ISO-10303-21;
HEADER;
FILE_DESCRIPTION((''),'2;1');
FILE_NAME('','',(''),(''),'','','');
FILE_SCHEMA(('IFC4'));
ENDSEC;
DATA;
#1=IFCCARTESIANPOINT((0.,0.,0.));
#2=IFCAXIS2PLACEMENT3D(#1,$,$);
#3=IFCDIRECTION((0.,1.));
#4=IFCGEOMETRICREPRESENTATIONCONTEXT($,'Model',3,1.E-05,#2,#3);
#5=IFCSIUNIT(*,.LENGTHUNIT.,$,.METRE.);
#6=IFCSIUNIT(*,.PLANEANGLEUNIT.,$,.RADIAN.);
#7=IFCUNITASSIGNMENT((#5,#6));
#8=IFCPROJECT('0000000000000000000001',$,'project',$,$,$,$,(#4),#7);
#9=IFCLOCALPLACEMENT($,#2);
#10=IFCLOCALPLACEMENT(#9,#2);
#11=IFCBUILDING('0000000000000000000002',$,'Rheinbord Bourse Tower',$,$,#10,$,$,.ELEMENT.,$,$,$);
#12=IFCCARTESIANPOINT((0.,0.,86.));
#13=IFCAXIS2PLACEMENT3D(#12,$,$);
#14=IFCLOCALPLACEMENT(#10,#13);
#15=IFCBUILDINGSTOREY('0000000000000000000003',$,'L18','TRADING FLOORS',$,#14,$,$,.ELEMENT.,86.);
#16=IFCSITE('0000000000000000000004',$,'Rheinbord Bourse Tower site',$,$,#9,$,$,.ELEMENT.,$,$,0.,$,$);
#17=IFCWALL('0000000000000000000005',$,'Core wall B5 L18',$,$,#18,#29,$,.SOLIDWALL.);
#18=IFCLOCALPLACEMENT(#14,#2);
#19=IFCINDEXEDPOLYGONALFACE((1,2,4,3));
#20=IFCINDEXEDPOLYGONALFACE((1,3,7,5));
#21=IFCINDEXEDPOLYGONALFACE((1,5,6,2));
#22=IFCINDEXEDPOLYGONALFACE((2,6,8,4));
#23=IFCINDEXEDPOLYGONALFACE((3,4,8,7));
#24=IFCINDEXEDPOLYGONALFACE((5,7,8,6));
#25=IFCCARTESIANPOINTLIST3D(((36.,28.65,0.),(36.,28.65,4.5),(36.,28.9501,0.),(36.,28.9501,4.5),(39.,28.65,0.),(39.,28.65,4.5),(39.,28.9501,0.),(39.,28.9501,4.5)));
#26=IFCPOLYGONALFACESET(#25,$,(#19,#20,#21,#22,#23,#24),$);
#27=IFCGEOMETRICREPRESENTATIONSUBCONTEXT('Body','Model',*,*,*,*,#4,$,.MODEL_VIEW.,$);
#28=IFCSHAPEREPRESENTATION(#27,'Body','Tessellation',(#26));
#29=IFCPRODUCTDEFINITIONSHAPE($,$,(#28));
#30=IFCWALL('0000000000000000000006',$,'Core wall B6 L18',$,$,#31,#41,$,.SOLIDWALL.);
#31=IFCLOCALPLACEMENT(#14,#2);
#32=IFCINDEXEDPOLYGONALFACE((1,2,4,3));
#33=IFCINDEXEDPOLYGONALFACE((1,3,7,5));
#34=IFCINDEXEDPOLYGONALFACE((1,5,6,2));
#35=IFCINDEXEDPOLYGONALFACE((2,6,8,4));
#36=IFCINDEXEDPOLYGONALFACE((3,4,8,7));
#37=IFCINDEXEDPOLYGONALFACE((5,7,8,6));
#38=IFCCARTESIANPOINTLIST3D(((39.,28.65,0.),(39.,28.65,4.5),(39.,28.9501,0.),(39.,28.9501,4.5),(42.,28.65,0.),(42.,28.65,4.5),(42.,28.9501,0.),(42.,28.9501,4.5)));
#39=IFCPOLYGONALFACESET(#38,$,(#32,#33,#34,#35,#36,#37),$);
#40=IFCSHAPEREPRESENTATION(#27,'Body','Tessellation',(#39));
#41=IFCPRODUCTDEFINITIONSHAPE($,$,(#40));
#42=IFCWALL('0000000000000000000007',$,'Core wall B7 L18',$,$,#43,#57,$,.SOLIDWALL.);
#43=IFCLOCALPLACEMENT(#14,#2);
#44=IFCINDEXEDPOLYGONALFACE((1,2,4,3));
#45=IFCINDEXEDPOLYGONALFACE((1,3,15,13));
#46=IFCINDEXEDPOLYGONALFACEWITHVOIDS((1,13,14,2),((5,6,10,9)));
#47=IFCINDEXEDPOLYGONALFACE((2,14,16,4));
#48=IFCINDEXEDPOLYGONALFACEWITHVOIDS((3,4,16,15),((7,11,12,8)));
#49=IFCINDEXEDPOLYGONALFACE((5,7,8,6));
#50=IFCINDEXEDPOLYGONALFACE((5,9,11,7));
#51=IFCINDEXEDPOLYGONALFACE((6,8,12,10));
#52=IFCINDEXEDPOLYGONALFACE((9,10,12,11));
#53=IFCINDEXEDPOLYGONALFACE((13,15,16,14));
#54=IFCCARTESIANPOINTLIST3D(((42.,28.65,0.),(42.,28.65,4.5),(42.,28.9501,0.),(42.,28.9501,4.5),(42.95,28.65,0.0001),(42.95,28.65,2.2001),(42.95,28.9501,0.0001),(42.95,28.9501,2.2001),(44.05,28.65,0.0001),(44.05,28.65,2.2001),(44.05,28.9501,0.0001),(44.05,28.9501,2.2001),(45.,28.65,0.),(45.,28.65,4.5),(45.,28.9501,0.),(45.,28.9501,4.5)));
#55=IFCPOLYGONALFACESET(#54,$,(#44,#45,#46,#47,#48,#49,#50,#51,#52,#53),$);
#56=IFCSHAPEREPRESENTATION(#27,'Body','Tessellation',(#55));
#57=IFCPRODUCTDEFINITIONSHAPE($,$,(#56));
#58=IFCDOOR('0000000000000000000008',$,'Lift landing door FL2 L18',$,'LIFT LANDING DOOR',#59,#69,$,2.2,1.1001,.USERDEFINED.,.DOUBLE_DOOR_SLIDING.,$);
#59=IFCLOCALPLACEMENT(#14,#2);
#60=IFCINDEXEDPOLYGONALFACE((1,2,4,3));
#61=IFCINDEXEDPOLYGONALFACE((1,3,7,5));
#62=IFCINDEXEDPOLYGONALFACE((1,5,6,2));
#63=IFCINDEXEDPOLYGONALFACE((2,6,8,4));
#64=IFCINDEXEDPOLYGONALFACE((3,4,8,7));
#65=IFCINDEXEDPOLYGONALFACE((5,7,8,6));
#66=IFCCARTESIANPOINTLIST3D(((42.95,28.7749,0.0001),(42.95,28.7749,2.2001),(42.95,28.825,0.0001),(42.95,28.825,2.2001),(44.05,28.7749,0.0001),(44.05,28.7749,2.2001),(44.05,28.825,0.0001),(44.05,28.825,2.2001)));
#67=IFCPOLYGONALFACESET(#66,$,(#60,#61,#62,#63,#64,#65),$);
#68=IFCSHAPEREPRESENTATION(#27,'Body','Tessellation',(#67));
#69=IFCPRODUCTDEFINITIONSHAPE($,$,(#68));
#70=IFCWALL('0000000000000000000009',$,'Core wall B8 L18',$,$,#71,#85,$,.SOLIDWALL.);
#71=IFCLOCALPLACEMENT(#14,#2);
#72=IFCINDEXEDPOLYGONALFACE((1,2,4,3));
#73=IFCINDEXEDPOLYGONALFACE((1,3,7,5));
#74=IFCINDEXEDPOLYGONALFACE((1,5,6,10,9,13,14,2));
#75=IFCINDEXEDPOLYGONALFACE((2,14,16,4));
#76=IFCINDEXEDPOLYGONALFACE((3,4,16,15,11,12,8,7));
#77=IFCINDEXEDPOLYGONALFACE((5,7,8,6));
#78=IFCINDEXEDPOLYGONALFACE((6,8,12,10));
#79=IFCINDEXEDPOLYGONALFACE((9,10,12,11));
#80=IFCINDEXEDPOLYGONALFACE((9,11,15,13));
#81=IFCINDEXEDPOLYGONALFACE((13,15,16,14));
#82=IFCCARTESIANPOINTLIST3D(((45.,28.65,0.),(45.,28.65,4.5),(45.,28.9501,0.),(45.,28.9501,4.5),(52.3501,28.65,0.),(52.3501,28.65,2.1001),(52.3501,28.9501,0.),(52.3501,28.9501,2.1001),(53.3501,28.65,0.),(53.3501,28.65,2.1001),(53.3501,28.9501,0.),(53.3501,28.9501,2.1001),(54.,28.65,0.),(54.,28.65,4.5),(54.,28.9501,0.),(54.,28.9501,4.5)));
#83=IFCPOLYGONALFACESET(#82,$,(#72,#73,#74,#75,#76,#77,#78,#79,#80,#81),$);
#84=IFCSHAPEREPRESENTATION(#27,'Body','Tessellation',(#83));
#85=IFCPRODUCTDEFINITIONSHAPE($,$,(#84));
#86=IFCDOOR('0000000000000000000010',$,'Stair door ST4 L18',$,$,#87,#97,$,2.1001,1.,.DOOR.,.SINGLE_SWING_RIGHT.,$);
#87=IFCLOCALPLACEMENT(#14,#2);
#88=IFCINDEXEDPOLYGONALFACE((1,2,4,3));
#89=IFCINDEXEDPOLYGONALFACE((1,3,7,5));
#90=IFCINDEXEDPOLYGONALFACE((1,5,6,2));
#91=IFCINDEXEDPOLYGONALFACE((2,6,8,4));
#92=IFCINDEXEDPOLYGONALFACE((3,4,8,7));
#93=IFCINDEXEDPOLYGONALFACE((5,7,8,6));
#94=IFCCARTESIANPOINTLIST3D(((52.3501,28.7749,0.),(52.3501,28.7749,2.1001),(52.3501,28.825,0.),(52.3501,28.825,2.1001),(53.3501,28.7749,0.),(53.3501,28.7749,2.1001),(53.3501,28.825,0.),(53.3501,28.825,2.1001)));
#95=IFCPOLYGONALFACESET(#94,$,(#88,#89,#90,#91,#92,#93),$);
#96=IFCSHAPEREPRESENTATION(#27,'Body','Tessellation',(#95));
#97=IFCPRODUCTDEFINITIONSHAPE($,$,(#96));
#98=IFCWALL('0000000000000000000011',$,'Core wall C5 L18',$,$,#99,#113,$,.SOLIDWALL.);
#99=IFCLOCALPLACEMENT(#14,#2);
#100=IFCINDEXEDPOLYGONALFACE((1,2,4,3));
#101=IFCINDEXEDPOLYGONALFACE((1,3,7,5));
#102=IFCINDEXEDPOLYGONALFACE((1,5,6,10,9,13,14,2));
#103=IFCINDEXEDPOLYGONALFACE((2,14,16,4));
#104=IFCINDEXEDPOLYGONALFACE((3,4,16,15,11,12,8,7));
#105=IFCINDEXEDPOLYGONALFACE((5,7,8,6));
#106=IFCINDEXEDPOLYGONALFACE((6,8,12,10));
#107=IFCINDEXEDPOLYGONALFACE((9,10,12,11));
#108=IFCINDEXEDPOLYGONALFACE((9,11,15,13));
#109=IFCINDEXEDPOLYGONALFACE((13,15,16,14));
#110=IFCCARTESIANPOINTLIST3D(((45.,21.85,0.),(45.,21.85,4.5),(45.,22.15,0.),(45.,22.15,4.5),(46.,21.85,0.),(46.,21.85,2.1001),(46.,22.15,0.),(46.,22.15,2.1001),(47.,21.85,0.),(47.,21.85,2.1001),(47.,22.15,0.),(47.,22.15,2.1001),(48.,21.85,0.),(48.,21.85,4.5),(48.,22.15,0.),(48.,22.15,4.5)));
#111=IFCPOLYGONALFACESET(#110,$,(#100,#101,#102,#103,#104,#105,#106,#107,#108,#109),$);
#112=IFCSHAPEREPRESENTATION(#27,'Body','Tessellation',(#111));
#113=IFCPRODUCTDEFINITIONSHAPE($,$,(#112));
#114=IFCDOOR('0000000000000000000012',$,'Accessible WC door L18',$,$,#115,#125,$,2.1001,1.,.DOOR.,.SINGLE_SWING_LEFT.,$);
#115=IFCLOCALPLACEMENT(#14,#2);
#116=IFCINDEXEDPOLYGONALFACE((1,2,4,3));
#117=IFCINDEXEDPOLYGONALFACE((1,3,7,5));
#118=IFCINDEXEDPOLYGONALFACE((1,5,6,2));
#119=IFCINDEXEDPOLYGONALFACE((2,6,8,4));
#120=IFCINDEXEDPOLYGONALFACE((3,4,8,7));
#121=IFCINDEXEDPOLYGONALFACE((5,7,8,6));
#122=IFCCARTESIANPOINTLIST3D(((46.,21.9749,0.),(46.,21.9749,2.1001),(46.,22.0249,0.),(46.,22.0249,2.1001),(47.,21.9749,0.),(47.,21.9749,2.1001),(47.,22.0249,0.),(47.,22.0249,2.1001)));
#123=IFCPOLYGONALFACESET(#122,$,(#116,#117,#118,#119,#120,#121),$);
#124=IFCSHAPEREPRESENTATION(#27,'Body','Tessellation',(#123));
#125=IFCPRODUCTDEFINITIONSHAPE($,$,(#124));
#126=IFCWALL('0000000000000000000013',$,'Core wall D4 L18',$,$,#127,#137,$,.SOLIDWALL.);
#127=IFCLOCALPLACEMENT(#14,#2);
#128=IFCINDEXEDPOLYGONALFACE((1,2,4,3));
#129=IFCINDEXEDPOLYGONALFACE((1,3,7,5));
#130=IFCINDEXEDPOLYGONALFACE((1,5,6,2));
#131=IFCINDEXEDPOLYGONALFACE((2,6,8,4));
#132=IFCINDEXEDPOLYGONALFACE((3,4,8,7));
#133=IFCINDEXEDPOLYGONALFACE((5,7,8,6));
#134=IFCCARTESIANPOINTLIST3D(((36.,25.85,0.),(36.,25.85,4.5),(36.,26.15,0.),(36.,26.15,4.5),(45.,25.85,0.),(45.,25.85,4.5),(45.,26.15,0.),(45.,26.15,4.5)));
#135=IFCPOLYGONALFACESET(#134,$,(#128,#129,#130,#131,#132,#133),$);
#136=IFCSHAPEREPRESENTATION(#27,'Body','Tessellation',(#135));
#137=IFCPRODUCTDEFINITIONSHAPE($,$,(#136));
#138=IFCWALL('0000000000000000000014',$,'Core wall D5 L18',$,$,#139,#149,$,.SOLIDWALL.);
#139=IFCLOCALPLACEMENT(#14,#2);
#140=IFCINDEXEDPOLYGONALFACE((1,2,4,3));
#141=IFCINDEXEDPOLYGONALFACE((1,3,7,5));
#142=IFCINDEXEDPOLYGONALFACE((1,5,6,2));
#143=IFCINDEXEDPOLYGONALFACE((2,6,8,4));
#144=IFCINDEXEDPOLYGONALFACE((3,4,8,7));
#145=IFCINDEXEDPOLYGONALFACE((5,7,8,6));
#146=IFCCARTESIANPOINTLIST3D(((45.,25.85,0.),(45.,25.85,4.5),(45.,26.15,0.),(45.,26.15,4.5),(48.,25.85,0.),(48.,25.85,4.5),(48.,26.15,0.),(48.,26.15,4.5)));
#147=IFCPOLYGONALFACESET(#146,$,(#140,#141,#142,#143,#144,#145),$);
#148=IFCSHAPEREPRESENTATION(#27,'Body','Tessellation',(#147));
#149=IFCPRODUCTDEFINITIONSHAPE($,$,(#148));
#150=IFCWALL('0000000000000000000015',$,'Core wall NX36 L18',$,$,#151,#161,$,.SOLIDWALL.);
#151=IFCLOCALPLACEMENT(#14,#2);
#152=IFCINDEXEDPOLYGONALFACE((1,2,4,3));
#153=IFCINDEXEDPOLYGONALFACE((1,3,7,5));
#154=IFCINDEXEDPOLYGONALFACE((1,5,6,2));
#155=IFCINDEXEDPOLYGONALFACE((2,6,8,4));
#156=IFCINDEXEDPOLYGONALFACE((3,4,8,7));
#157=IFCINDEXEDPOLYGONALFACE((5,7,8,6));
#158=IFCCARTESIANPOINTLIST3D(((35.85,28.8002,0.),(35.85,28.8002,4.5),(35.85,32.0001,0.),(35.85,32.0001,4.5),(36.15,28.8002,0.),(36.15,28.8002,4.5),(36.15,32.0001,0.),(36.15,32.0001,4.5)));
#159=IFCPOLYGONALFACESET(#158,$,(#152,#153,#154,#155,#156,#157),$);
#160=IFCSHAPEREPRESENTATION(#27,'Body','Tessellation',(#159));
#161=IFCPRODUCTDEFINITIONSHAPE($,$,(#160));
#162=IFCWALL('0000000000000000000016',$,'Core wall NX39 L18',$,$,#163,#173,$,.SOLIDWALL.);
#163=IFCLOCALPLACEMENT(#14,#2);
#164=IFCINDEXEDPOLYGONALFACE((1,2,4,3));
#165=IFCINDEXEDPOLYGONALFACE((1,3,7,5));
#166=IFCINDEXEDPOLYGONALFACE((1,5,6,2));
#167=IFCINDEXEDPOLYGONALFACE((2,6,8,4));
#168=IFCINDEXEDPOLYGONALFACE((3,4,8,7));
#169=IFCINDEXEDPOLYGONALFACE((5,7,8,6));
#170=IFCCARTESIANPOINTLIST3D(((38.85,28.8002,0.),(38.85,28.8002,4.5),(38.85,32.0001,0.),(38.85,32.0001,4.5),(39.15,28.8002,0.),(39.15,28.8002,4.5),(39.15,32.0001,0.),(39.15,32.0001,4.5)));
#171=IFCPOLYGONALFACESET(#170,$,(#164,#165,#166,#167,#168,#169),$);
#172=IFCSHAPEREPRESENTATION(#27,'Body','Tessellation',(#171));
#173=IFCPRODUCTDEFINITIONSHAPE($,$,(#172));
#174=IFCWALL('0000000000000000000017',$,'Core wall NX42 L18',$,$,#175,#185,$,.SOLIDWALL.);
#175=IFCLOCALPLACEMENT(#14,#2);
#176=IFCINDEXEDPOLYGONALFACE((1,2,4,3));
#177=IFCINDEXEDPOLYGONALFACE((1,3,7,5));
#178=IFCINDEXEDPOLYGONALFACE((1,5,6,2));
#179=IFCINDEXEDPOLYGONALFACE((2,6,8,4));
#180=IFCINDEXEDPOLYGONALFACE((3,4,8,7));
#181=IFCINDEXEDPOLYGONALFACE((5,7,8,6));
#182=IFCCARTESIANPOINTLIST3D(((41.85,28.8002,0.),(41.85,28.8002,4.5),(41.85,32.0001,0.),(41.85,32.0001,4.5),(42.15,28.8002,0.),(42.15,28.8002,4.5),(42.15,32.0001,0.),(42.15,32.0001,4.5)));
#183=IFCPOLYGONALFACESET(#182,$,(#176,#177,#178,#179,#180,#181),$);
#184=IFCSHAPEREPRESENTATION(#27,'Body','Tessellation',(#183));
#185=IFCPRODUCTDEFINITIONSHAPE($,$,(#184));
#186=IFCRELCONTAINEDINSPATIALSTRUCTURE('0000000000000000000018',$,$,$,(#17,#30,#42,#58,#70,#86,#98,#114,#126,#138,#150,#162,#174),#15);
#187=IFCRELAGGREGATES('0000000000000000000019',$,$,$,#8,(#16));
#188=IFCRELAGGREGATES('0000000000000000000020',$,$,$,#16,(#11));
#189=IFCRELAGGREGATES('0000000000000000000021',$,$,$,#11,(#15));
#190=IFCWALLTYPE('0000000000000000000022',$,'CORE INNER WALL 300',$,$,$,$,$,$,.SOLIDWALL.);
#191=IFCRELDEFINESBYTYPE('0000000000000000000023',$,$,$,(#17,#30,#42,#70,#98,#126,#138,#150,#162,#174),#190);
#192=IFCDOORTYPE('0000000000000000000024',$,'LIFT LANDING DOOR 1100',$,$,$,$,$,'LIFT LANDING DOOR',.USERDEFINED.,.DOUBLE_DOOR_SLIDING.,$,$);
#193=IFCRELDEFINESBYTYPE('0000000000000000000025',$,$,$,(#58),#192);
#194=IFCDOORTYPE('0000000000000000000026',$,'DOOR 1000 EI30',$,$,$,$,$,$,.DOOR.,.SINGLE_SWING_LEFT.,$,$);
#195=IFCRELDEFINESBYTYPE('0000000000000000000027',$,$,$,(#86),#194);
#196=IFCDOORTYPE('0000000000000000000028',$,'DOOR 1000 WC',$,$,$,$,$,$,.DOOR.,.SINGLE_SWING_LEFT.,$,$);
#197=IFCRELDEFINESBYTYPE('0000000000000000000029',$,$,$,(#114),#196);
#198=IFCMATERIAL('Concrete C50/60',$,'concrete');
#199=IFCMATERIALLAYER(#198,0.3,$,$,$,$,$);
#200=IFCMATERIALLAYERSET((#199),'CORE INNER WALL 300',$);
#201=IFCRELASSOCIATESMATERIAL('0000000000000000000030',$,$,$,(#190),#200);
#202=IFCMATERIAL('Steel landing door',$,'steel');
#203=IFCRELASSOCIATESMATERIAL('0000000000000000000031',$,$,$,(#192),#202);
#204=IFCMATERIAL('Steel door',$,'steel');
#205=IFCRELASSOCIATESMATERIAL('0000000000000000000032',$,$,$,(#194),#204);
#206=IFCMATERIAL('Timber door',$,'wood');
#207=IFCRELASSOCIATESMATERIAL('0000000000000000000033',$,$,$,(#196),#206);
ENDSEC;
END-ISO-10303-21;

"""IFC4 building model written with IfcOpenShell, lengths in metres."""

from ifc_helpers import new_model, si_unit, direction, frame, frame_2d, origin, place, context, subcontext, project, spatial, rectangle, extrude, material, layer, layer_set, type_object, element, fill, save


model = new_model("IFC4")

# Units and contexts
model_context = context("Model", 3, precision=1e-05, world=origin(), true_north=direction((0.0, 1.0)))
body_context = subcontext(model_context, "Body", "Model", "MODEL_VIEW")
ifc_project = project(units=[si_unit("LENGTHUNIT", "METRE"), si_unit("PLANEANGLEUNIT", "RADIAN")], contexts=[model_context])

# Site, building, storey
site_placement = place(None, origin())
site = spatial("IfcSite", under=ifc_project, at=site_placement, Name="Rheinbord Bourse Tower site", CompositionType="ELEMENT", RefElevation=0.0)
building_placement = place(site_placement, origin())
building = spatial("IfcBuilding", under=site, at=building_placement, Name="Rheinbord Bourse Tower", CompositionType="ELEMENT")
storey_placement = place(building_placement, frame((0.0, 0.0, 86.0)))
storey = spatial("IfcBuildingStorey", under=building, at=storey_placement, Name="L18", Description="TRADING FLOORS", CompositionType="ELEMENT", Elevation=86.0)

# Walls
ifc_material_1 = material(Name="Concrete C50/60", Category="concrete")
ifc_layer_1 = layer(ifc_material_1, 0.3)
ifc_layer_set_1 = layer_set([ifc_layer_1], Name="CORE INNER WALL 300")
wall_type_1 = type_object("IfcWallType", Name="CORE INNER WALL 300", PredefinedType="SOLIDWALL", material=ifc_layer_set_1)
for number, where, z_axis, x_axis, name in (
    (1, (36.0, 28.8, 0.0), (0.0, 0.0, 1.0), (1.0, 0.0, 0.0), "Core wall B5 L18"),
    (2, (39.0, 28.8, 0.0), (0.0, 0.0, 1.0), (1.0, 0.0, 0.0), "Core wall B6 L18"),
):
    element("IfcWall", number, at=place(storey_placement, frame(where, z_axis=z_axis, x_axis=x_axis)), inside=storey, type_object=wall_type_1, Name=name, PredefinedType="SOLIDWALL", context=body_context, shape_type="SweptSolid", body=[
        extrude(rectangle(XDim=3.0, YDim=0.3, at=frame_2d((1.5, 0.0))), origin(), (0.0, 0.0, 1.0), 4.5),
    ])

# Walls, openings, doors
wall_1_placement = place(storey_placement, frame((42.0, 28.8, 0.0), z_axis=(0.0, 0.0, 1.0), x_axis=(1.0, 0.0, 0.0)))
wall_1 = element("IfcWall", 3, at=wall_1_placement, inside=storey, type_object=wall_type_1, Name="Core wall B7 L18", PredefinedType="SOLIDWALL", context=body_context, shape_type="SweptSolid", body=[
    extrude(rectangle(XDim=3.0, YDim=0.3, at=frame_2d((1.5, 0.0))), origin(), (0.0, 0.0, 1.0), 4.5),
])
opening_1_placement = place(wall_1_placement, frame((0.95, 0.0, 0.0)))
opening_1 = element("IfcOpeningElement", 4, at=opening_1_placement, cuts=wall_1, PredefinedType="OPENING", context=body_context, shape_type="SweptSolid", body=[
    extrude(rectangle(XDim=1.1001, YDim=2.2, at=frame_2d((0.55, 1.1001))), frame((0.0, 0.1599, 0.0), z_axis=(0.0, -1.0, 0.0), x_axis=(1.0, 0.0, 0.0)), (0.0, 0.0, 1.0), 0.3201),
])
ifc_material_2 = material(Name="Steel landing door", Category="steel")
door_type_1 = type_object("IfcDoorType", Name="LIFT LANDING DOOR 1100", ElementType="LIFT LANDING DOOR", OperationType="DOUBLE_DOOR_SLIDING", PredefinedType="USERDEFINED", material=ifc_material_2)
door_1_placement = place(opening_1_placement, origin())
door_1 = element("IfcDoor", 5, at=door_1_placement, inside=storey, type_object=door_type_1, Name="Lift landing door FL2 L18", ObjectType="LIFT LANDING DOOR", OperationType="DOUBLE_DOOR_SLIDING", OverallHeight=2.2, OverallWidth=1.1001, PredefinedType="USERDEFINED", context=body_context, shape_type="SweptSolid", body=[
    extrude(rectangle(XDim=1.1001, YDim=2.2, at=frame_2d((0.55, 1.1001))), frame((0.0, 0.0249, 0.0), z_axis=(0.0, -1.0, 0.0), x_axis=(1.0, 0.0, 0.0)), (0.0, 0.0, 1.0), 0.05),
])
fill(opening_1, door_1)
wall_2_placement = place(storey_placement, frame((45.0, 28.8, 0.0), z_axis=(0.0, 0.0, 1.0), x_axis=(1.0, 0.0, 0.0)))
wall_2 = element("IfcWall", 6, at=wall_2_placement, inside=storey, type_object=wall_type_1, Name="Core wall B8 L18", PredefinedType="SOLIDWALL", context=body_context, shape_type="SweptSolid", body=[
    extrude(rectangle(XDim=9.0, YDim=0.3, at=frame_2d((4.5, 0.0))), origin(), (0.0, 0.0, 1.0), 4.5),
])
opening_2_placement = place(wall_2_placement, frame((7.3501, 0.0, 0.0)))
opening_2 = element("IfcOpeningElement", 7, at=opening_2_placement, cuts=wall_2, PredefinedType="OPENING", context=body_context, shape_type="SweptSolid", body=[
    extrude(rectangle(XDim=1.0, YDim=2.1001, at=frame_2d((0.5, 1.05))), frame((0.0, 0.1599, 0.0), z_axis=(0.0, -1.0, 0.0), x_axis=(1.0, 0.0, 0.0)), (0.0, 0.0, 1.0), 0.3201),
])
ifc_material_3 = material(Name="Steel door", Category="steel")
door_type_2 = type_object("IfcDoorType", Name="DOOR 1000 EI30", OperationType="SINGLE_SWING_LEFT", PredefinedType="DOOR", material=ifc_material_3)
door_2_placement = place(opening_2_placement, origin())
door_2 = element("IfcDoor", 8, at=door_2_placement, inside=storey, type_object=door_type_2, Name="Stair door ST4 L18", OperationType="SINGLE_SWING_RIGHT", OverallHeight=2.1001, OverallWidth=1.0, PredefinedType="DOOR", context=body_context, shape_type="SweptSolid", body=[
    extrude(rectangle(XDim=1.0, YDim=2.1001, at=frame_2d((0.5, 1.05))), frame((0.0, 0.0249, 0.0), z_axis=(0.0, -1.0, 0.0), x_axis=(1.0, 0.0, 0.0)), (0.0, 0.0, 1.0), 0.05),
])
fill(opening_2, door_2)
wall_3_placement = place(storey_placement, frame((45.0, 22.0, 0.0), z_axis=(0.0, 0.0, 1.0), x_axis=(1.0, 0.0, 0.0)))
wall_3 = element("IfcWall", 9, at=wall_3_placement, inside=storey, type_object=wall_type_1, Name="Core wall C5 L18", PredefinedType="SOLIDWALL", context=body_context, shape_type="SweptSolid", body=[
    extrude(rectangle(XDim=3.0, YDim=0.3, at=frame_2d((1.5, 0.0))), origin(), (0.0, 0.0, 1.0), 4.5),
])
opening_3_placement = place(wall_3_placement, frame((1.0, 0.0, 0.0)))
opening_3 = element("IfcOpeningElement", 10, at=opening_3_placement, cuts=wall_3, PredefinedType="OPENING", context=body_context, shape_type="SweptSolid", body=[
    extrude(rectangle(XDim=1.0, YDim=2.1001, at=frame_2d((0.5, 1.05))), frame((0.0, 0.1599, 0.0), z_axis=(0.0, -1.0, 0.0), x_axis=(1.0, 0.0, 0.0)), (0.0, 0.0, 1.0), 0.3201),
])
ifc_material_4 = material(Name="Timber door", Category="wood")
door_type_3 = type_object("IfcDoorType", Name="DOOR 1000 WC", OperationType="SINGLE_SWING_LEFT", PredefinedType="DOOR", material=ifc_material_4)
door_3_placement = place(opening_3_placement, origin())
door_3 = element("IfcDoor", 11, at=door_3_placement, inside=storey, type_object=door_type_3, Name="Accessible WC door L18", OperationType="SINGLE_SWING_LEFT", OverallHeight=2.1001, OverallWidth=1.0, PredefinedType="DOOR", context=body_context, shape_type="SweptSolid", body=[
    extrude(rectangle(XDim=1.0, YDim=2.1001, at=frame_2d((0.5, 1.05))), frame((0.0, 0.0249, 0.0), z_axis=(0.0, -1.0, 0.0), x_axis=(1.0, 0.0, 0.0)), (0.0, 0.0, 1.0), 0.05),
])
fill(opening_3, door_3)

# Walls
wall_4_placement = place(storey_placement, frame((36.0, 26.0, 0.0), z_axis=(0.0, 0.0, 1.0), x_axis=(1.0, 0.0, 0.0)))
element("IfcWall", 12, at=wall_4_placement, inside=storey, type_object=wall_type_1, Name="Core wall D4 L18", PredefinedType="SOLIDWALL", context=body_context, shape_type="SweptSolid", body=[
    extrude(rectangle(XDim=9.0, YDim=0.3, at=frame_2d((4.5, 0.0))), origin(), (0.0, 0.0, 1.0), 4.5),
])
wall_5_placement = place(storey_placement, frame((45.0, 26.0, 0.0), z_axis=(0.0, 0.0, 1.0), x_axis=(1.0, 0.0, 0.0)))
element("IfcWall", 13, at=wall_5_placement, inside=storey, type_object=wall_type_1, Name="Core wall D5 L18", PredefinedType="SOLIDWALL", context=body_context, shape_type="SweptSolid", body=[
    extrude(rectangle(XDim=3.0, YDim=0.3, at=frame_2d((1.5, 0.0))), origin(), (0.0, 0.0, 1.0), 4.5),
])
for number, where, z_axis, x_axis, name in (
    (14, (36.0, 28.8, 0.0), (0.0, 0.0, 1.0), (0.0, 1.0, 0.0), "Core wall NX36 L18"),
    (15, (39.0, 28.8, 0.0), (0.0, 0.0, 1.0), (0.0, 1.0, 0.0), "Core wall NX39 L18"),
    (16, (42.0, 28.8, 0.0), (0.0, 0.0, 1.0), (0.0, 1.0, 0.0), "Core wall NX42 L18"),
):
    element("IfcWall", number, at=place(storey_placement, frame(where, z_axis=z_axis, x_axis=x_axis)), inside=storey, type_object=wall_type_1, Name=name, PredefinedType="SOLIDWALL", context=body_context, shape_type="SweptSolid", body=[
        extrude(rectangle(XDim=3.2, YDim=0.3, at=frame_2d((1.6001, 0.0))), origin(), (0.0, 0.0, 1.0), 4.5),
    ])

save(model, "model.ifc")
